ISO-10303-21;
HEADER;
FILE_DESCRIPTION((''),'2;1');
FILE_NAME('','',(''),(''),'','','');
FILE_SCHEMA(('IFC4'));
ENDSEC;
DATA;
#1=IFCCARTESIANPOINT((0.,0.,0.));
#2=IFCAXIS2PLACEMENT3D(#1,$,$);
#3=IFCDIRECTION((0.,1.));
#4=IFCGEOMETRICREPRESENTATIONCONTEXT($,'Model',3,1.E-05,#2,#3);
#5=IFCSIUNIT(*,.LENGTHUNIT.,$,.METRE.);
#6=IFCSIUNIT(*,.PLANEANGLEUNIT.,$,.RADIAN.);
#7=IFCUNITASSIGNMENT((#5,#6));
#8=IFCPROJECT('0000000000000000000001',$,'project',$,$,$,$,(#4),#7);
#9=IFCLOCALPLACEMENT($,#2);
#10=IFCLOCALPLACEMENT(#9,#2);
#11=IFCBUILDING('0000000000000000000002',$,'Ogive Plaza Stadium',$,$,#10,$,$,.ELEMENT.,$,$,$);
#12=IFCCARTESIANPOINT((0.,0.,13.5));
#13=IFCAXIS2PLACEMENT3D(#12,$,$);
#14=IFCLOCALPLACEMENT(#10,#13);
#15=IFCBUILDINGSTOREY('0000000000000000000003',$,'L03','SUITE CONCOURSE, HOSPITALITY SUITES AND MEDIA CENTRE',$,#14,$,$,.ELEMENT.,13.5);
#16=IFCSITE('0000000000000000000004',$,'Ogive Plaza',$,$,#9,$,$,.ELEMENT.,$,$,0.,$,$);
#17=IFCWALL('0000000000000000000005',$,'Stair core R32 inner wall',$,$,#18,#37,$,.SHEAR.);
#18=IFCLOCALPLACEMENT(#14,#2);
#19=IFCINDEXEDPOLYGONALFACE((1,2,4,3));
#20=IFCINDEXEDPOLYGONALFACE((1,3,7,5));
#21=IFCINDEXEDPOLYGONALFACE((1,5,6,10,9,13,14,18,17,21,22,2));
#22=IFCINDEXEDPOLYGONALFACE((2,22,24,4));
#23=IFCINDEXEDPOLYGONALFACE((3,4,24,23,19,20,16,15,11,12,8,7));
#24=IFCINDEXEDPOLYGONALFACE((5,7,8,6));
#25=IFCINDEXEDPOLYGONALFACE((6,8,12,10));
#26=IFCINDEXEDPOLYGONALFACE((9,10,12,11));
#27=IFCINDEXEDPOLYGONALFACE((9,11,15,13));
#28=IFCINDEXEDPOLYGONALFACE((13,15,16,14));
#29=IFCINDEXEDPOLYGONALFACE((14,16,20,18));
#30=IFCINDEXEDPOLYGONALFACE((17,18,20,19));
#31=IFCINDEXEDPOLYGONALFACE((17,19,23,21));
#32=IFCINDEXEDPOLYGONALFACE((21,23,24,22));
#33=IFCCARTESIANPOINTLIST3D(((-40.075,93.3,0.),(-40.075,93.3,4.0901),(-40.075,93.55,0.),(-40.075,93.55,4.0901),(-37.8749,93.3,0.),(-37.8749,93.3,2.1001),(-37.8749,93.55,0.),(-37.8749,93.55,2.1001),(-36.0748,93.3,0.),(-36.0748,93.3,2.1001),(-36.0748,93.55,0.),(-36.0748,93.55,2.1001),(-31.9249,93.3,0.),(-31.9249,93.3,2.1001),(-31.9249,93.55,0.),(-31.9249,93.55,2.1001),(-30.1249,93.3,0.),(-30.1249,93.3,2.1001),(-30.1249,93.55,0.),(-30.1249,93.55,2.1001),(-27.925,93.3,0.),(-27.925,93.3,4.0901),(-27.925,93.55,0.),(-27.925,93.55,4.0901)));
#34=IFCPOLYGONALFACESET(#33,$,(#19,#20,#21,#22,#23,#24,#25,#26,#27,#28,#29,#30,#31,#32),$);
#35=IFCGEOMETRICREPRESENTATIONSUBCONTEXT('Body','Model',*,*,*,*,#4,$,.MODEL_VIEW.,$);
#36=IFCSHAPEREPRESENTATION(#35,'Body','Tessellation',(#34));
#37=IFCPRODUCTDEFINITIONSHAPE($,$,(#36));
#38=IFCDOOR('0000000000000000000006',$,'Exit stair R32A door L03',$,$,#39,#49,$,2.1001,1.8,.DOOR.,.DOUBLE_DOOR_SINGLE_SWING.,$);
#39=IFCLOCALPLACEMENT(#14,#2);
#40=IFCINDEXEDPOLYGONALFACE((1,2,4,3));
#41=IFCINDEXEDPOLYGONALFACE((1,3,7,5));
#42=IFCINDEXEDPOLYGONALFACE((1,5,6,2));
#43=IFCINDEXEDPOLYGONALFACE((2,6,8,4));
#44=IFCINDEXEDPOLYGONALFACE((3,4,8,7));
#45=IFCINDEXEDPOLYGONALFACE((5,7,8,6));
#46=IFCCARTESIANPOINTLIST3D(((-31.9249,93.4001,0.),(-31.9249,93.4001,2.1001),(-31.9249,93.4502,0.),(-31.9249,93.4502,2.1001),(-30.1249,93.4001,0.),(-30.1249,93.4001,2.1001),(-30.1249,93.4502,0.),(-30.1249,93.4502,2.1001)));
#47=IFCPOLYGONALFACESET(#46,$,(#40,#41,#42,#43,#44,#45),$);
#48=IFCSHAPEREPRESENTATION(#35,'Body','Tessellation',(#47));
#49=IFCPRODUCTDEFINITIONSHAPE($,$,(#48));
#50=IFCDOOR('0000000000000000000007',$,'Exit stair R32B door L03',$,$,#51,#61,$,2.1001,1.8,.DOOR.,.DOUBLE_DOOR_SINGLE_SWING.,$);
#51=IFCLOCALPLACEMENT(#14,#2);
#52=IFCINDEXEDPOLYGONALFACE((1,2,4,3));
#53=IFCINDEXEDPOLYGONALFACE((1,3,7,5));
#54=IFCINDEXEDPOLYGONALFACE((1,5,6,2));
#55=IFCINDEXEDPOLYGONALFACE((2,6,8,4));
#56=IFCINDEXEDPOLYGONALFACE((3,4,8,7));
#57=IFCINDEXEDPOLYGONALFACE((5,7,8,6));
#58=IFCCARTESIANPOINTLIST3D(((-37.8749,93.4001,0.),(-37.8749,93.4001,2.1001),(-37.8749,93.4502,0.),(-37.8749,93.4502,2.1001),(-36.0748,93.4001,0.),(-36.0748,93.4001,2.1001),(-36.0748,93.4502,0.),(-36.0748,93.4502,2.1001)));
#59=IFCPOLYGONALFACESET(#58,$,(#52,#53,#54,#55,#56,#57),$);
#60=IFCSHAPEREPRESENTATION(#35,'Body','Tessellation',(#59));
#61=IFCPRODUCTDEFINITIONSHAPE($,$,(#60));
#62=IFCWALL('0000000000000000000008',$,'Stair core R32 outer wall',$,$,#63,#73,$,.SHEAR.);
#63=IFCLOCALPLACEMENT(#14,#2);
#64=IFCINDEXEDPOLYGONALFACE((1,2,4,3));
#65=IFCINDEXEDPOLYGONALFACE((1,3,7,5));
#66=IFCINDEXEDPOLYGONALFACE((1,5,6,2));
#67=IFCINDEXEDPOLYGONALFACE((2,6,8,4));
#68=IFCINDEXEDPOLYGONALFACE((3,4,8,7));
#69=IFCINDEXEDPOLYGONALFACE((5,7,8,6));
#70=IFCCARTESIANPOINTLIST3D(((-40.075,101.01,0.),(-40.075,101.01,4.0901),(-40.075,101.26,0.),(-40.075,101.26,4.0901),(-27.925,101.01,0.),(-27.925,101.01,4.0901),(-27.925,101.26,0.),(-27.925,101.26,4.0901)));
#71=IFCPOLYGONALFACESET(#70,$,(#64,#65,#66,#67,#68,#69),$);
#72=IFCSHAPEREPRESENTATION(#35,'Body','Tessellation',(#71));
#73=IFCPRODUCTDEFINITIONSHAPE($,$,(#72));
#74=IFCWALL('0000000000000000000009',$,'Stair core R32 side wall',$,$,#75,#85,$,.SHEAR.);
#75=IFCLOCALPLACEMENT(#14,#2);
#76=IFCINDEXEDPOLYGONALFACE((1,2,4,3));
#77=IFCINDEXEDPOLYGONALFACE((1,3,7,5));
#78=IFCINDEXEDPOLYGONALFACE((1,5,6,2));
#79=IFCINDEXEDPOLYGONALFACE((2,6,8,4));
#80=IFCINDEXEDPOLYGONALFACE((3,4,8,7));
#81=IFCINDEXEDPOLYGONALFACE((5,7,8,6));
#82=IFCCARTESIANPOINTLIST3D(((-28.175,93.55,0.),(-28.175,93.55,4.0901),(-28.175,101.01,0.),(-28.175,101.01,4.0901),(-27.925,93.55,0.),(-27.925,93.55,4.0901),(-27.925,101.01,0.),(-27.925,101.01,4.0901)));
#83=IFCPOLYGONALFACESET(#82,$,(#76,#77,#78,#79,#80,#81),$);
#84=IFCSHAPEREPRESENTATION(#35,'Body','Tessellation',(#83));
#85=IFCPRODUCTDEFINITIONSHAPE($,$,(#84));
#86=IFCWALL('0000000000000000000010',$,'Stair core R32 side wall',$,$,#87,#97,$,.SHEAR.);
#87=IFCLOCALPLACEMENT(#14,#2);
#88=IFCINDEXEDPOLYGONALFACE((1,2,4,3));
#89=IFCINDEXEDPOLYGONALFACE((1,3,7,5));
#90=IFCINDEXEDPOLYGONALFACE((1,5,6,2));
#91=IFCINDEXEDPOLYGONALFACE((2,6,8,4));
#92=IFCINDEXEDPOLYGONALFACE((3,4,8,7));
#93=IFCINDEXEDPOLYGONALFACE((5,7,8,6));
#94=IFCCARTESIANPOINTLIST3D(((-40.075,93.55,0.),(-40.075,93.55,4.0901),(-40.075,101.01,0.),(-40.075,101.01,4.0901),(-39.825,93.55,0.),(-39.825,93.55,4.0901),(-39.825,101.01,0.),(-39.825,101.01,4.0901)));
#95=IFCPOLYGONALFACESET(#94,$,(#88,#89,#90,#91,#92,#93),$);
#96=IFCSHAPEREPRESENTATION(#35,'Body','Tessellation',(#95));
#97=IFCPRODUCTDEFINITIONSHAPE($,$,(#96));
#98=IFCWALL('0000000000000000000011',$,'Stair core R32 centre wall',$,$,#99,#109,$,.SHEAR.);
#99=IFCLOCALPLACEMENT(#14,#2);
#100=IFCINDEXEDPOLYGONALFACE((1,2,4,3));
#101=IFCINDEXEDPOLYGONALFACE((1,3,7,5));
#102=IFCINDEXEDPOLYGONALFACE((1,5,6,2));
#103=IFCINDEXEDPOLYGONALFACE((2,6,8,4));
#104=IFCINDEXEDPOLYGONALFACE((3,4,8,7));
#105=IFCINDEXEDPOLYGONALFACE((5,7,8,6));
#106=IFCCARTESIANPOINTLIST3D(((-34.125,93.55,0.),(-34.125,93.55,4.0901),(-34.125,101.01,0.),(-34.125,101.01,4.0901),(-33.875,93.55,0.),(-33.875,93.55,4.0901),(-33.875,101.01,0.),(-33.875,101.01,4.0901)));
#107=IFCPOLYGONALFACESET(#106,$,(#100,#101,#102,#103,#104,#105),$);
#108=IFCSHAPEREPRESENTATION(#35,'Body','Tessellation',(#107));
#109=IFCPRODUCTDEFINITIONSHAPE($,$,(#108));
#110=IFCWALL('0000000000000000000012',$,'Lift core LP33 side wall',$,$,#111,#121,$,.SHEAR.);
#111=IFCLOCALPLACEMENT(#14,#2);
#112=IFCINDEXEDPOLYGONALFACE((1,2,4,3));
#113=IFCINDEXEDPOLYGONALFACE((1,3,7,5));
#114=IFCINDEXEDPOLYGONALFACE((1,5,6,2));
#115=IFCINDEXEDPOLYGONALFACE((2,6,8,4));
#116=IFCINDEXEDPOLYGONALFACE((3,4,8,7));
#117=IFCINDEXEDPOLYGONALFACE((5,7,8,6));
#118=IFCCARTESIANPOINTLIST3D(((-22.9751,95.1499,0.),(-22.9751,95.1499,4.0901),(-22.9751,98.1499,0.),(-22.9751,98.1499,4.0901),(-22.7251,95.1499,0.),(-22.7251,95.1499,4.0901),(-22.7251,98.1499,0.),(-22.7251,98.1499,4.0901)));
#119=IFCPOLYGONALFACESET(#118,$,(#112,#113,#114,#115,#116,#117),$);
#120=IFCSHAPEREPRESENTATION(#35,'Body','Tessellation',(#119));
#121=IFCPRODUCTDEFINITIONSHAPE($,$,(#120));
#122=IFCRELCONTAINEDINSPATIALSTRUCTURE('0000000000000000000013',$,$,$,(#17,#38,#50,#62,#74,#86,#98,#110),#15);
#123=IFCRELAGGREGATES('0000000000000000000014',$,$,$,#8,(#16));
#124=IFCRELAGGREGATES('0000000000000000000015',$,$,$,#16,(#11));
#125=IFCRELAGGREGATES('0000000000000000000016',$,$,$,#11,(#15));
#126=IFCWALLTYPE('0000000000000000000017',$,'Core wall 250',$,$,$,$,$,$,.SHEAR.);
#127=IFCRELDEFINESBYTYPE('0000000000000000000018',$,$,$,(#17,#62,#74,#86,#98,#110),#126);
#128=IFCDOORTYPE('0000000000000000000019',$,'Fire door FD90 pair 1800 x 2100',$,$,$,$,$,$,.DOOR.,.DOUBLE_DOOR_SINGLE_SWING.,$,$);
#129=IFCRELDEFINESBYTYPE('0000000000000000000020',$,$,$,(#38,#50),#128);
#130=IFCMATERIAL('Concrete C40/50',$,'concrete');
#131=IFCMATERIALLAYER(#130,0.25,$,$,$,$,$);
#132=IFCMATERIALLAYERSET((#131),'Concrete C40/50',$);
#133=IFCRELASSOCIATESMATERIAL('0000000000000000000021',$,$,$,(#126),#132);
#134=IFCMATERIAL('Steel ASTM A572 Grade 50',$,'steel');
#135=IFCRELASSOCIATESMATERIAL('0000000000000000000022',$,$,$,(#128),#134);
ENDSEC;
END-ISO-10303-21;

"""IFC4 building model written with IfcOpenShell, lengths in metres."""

from ifc_helpers import new_model, si_unit, direction, frame, frame_2d, origin, place, context, subcontext, project, spatial, rectangle, extrude, material, layer, layer_set, type_object, element, fill, save


model = new_model("IFC4")

# Units and contexts
model_context = context("Model", 3, precision=1e-05, world=origin(), true_north=direction((0.0, 1.0)))
body_context = subcontext(model_context, "Body", "Model", "MODEL_VIEW")
ifc_project = project(units=[si_unit("LENGTHUNIT", "METRE"), si_unit("PLANEANGLEUNIT", "RADIAN")], contexts=[model_context])

# Site, building, storey
site_placement = place(None, origin())
site = spatial("IfcSite", under=ifc_project, at=site_placement, Name="Ogive Plaza", CompositionType="ELEMENT", RefElevation=0.0)
building_placement = place(site_placement, origin())
building = spatial("IfcBuilding", under=site, at=building_placement, Name="Ogive Plaza Stadium", CompositionType="ELEMENT")
storey_placement = place(building_placement, frame((0.0, 0.0, 13.5)))
storey = spatial("IfcBuildingStorey", under=building, at=storey_placement, Name="L03", Description="SUITE CONCOURSE, HOSPITALITY SUITES AND MEDIA CENTRE", CompositionType="ELEMENT", Elevation=13.5)

# Wall, openings, doors
ifc_material_1 = material(Name="Concrete C40/50", Category="concrete")
ifc_layer_1 = layer(ifc_material_1, 0.25)
ifc_layer_set_1 = layer_set([ifc_layer_1], Name="Concrete C40/50")
wall_type = type_object("IfcWallType", Name="Core wall 250", PredefinedType="SHEAR", material=ifc_layer_set_1)
wall_1_placement = place(storey_placement, frame((-27.925, 93.425, 0.0), z_axis=(0.0, 0.0, 1.0), x_axis=(-1.0, 0.0, 0.0)))
wall_1 = element("IfcWall", 1, at=wall_1_placement, inside=storey, type_object=wall_type, Name="Stair core R32 inner wall", PredefinedType="SHEAR", context=body_context, shape_type="SweptSolid", body=[
    extrude(rectangle(XDim=12.1499, YDim=0.25, at=frame_2d((6.075, 0.0))), origin(), (0.0, 0.0, 1.0), 4.0901),
])
opening_1_placement = place(wall_1_placement, frame((2.2, 0.0, 0.0)))
opening_1 = element("IfcOpeningElement", 2, at=opening_1_placement, cuts=wall_1, PredefinedType="OPENING", context=body_context, shape_type="SweptSolid", body=[
    extrude(rectangle(XDim=1.8, YDim=2.1001, at=frame_2d((0.8999, 1.05))), frame((0.0, 0.125, 0.0), z_axis=(0.0, -1.0, 0.0), x_axis=(1.0, 0.0, 0.0)), (0.0, 0.0, 1.0), 0.25),
])
opening_2_placement = place(wall_1_placement, frame((8.1499, 0.0, 0.0)))
opening_2 = element("IfcOpeningElement", 3, at=opening_2_placement, cuts=wall_1, PredefinedType="OPENING", context=body_context, shape_type="SweptSolid", body=[
    extrude(rectangle(XDim=1.8, YDim=2.1001, at=frame_2d((0.8999, 1.05))), frame((0.0, 0.125, 0.0), z_axis=(0.0, -1.0, 0.0), x_axis=(1.0, 0.0, 0.0)), (0.0, 0.0, 1.0), 0.25),
])
ifc_material_2 = material(Name="Steel ASTM A572 Grade 50", Category="steel")
door_type = type_object("IfcDoorType", Name="Fire door FD90 pair 1800 x 2100", OperationType="DOUBLE_DOOR_SINGLE_SWING", PredefinedType="DOOR", material=ifc_material_2)
door_1_placement = place(opening_1_placement, origin())
door_1 = element("IfcDoor", 4, at=door_1_placement, inside=storey, type_object=door_type, Name="Exit stair R32A door L03", OperationType="DOUBLE_DOOR_SINGLE_SWING", OverallHeight=2.1001, OverallWidth=1.8, PredefinedType="DOOR", context=body_context, shape_type="SweptSolid", body=[
    extrude(rectangle(XDim=1.8, YDim=2.1001, at=frame_2d((0.8999, 1.05))), frame((0.0, 0.0249, 0.0), z_axis=(0.0, -1.0, 0.0), x_axis=(1.0, 0.0, 0.0)), (0.0, 0.0, 1.0), 0.05),
])
fill(opening_1, door_1)
door_2_placement = place(opening_2_placement, origin())
door_2 = element("IfcDoor", 5, at=door_2_placement, inside=storey, type_object=door_type, Name="Exit stair R32B door L03", OperationType="DOUBLE_DOOR_SINGLE_SWING", OverallHeight=2.1001, OverallWidth=1.8, PredefinedType="DOOR", context=body_context, shape_type="SweptSolid", body=[
    extrude(rectangle(XDim=1.8, YDim=2.1001, at=frame_2d((0.8999, 1.05))), frame((0.0, 0.0249, 0.0), z_axis=(0.0, -1.0, 0.0), x_axis=(1.0, 0.0, 0.0)), (0.0, 0.0, 1.0), 0.05),
])
fill(opening_2, door_2)

# Walls
wall_2_placement = place(storey_placement, frame((-27.925, 101.135, 0.0), z_axis=(0.0, 0.0, 1.0), x_axis=(-1.0, 0.0, 0.0)))
element("IfcWall", 6, at=wall_2_placement, inside=storey, type_object=wall_type, Name="Stair core R32 outer wall", PredefinedType="SHEAR", context=body_context, shape_type="SweptSolid", body=[
    extrude(rectangle(XDim=12.1499, YDim=0.25, at=frame_2d((6.075, 0.0))), origin(), (0.0, 0.0, 1.0), 4.0901),
])
for number, where, z_axis, x_axis, name in (
    (7, (-28.05, 93.55, 0.0), (0.0, 0.0, 1.0), (0.0, 1.0, 0.0), "Stair core R32 side wall"),
    (8, (-39.95, 93.55, 0.0), (0.0, 0.0, 1.0), (0.0, 1.0, 0.0), "Stair core R32 side wall"),
    (9, (-34.0, 93.55, 0.0), (0.0, 0.0, 1.0), (0.0, 1.0, 0.0), "Stair core R32 centre wall"),
):
    element("IfcWall", number, at=place(storey_placement, frame(where, z_axis=z_axis, x_axis=x_axis)), inside=storey, type_object=wall_type, Name=name, PredefinedType="SHEAR", context=body_context, shape_type="SweptSolid", body=[
        extrude(rectangle(XDim=7.46, YDim=0.25, at=frame_2d((3.73, 0.0))), origin(), (0.0, 0.0, 1.0), 4.0901),
    ])
wall_3_placement = place(storey_placement, frame((-22.8501, 95.1499, 0.0), z_axis=(0.0, 0.0, 1.0), x_axis=(0.0, 1.0, 0.0)))
element("IfcWall", 10, at=wall_3_placement, inside=storey, type_object=wall_type, Name="Lift core LP33 side wall", PredefinedType="SHEAR", context=body_context, shape_type="SweptSolid", body=[
    extrude(rectangle(XDim=3.0, YDim=0.25, at=frame_2d((1.5, 0.0))), origin(), (0.0, 0.0, 1.0), 4.0901),
])

save(model, "model.ifc")
